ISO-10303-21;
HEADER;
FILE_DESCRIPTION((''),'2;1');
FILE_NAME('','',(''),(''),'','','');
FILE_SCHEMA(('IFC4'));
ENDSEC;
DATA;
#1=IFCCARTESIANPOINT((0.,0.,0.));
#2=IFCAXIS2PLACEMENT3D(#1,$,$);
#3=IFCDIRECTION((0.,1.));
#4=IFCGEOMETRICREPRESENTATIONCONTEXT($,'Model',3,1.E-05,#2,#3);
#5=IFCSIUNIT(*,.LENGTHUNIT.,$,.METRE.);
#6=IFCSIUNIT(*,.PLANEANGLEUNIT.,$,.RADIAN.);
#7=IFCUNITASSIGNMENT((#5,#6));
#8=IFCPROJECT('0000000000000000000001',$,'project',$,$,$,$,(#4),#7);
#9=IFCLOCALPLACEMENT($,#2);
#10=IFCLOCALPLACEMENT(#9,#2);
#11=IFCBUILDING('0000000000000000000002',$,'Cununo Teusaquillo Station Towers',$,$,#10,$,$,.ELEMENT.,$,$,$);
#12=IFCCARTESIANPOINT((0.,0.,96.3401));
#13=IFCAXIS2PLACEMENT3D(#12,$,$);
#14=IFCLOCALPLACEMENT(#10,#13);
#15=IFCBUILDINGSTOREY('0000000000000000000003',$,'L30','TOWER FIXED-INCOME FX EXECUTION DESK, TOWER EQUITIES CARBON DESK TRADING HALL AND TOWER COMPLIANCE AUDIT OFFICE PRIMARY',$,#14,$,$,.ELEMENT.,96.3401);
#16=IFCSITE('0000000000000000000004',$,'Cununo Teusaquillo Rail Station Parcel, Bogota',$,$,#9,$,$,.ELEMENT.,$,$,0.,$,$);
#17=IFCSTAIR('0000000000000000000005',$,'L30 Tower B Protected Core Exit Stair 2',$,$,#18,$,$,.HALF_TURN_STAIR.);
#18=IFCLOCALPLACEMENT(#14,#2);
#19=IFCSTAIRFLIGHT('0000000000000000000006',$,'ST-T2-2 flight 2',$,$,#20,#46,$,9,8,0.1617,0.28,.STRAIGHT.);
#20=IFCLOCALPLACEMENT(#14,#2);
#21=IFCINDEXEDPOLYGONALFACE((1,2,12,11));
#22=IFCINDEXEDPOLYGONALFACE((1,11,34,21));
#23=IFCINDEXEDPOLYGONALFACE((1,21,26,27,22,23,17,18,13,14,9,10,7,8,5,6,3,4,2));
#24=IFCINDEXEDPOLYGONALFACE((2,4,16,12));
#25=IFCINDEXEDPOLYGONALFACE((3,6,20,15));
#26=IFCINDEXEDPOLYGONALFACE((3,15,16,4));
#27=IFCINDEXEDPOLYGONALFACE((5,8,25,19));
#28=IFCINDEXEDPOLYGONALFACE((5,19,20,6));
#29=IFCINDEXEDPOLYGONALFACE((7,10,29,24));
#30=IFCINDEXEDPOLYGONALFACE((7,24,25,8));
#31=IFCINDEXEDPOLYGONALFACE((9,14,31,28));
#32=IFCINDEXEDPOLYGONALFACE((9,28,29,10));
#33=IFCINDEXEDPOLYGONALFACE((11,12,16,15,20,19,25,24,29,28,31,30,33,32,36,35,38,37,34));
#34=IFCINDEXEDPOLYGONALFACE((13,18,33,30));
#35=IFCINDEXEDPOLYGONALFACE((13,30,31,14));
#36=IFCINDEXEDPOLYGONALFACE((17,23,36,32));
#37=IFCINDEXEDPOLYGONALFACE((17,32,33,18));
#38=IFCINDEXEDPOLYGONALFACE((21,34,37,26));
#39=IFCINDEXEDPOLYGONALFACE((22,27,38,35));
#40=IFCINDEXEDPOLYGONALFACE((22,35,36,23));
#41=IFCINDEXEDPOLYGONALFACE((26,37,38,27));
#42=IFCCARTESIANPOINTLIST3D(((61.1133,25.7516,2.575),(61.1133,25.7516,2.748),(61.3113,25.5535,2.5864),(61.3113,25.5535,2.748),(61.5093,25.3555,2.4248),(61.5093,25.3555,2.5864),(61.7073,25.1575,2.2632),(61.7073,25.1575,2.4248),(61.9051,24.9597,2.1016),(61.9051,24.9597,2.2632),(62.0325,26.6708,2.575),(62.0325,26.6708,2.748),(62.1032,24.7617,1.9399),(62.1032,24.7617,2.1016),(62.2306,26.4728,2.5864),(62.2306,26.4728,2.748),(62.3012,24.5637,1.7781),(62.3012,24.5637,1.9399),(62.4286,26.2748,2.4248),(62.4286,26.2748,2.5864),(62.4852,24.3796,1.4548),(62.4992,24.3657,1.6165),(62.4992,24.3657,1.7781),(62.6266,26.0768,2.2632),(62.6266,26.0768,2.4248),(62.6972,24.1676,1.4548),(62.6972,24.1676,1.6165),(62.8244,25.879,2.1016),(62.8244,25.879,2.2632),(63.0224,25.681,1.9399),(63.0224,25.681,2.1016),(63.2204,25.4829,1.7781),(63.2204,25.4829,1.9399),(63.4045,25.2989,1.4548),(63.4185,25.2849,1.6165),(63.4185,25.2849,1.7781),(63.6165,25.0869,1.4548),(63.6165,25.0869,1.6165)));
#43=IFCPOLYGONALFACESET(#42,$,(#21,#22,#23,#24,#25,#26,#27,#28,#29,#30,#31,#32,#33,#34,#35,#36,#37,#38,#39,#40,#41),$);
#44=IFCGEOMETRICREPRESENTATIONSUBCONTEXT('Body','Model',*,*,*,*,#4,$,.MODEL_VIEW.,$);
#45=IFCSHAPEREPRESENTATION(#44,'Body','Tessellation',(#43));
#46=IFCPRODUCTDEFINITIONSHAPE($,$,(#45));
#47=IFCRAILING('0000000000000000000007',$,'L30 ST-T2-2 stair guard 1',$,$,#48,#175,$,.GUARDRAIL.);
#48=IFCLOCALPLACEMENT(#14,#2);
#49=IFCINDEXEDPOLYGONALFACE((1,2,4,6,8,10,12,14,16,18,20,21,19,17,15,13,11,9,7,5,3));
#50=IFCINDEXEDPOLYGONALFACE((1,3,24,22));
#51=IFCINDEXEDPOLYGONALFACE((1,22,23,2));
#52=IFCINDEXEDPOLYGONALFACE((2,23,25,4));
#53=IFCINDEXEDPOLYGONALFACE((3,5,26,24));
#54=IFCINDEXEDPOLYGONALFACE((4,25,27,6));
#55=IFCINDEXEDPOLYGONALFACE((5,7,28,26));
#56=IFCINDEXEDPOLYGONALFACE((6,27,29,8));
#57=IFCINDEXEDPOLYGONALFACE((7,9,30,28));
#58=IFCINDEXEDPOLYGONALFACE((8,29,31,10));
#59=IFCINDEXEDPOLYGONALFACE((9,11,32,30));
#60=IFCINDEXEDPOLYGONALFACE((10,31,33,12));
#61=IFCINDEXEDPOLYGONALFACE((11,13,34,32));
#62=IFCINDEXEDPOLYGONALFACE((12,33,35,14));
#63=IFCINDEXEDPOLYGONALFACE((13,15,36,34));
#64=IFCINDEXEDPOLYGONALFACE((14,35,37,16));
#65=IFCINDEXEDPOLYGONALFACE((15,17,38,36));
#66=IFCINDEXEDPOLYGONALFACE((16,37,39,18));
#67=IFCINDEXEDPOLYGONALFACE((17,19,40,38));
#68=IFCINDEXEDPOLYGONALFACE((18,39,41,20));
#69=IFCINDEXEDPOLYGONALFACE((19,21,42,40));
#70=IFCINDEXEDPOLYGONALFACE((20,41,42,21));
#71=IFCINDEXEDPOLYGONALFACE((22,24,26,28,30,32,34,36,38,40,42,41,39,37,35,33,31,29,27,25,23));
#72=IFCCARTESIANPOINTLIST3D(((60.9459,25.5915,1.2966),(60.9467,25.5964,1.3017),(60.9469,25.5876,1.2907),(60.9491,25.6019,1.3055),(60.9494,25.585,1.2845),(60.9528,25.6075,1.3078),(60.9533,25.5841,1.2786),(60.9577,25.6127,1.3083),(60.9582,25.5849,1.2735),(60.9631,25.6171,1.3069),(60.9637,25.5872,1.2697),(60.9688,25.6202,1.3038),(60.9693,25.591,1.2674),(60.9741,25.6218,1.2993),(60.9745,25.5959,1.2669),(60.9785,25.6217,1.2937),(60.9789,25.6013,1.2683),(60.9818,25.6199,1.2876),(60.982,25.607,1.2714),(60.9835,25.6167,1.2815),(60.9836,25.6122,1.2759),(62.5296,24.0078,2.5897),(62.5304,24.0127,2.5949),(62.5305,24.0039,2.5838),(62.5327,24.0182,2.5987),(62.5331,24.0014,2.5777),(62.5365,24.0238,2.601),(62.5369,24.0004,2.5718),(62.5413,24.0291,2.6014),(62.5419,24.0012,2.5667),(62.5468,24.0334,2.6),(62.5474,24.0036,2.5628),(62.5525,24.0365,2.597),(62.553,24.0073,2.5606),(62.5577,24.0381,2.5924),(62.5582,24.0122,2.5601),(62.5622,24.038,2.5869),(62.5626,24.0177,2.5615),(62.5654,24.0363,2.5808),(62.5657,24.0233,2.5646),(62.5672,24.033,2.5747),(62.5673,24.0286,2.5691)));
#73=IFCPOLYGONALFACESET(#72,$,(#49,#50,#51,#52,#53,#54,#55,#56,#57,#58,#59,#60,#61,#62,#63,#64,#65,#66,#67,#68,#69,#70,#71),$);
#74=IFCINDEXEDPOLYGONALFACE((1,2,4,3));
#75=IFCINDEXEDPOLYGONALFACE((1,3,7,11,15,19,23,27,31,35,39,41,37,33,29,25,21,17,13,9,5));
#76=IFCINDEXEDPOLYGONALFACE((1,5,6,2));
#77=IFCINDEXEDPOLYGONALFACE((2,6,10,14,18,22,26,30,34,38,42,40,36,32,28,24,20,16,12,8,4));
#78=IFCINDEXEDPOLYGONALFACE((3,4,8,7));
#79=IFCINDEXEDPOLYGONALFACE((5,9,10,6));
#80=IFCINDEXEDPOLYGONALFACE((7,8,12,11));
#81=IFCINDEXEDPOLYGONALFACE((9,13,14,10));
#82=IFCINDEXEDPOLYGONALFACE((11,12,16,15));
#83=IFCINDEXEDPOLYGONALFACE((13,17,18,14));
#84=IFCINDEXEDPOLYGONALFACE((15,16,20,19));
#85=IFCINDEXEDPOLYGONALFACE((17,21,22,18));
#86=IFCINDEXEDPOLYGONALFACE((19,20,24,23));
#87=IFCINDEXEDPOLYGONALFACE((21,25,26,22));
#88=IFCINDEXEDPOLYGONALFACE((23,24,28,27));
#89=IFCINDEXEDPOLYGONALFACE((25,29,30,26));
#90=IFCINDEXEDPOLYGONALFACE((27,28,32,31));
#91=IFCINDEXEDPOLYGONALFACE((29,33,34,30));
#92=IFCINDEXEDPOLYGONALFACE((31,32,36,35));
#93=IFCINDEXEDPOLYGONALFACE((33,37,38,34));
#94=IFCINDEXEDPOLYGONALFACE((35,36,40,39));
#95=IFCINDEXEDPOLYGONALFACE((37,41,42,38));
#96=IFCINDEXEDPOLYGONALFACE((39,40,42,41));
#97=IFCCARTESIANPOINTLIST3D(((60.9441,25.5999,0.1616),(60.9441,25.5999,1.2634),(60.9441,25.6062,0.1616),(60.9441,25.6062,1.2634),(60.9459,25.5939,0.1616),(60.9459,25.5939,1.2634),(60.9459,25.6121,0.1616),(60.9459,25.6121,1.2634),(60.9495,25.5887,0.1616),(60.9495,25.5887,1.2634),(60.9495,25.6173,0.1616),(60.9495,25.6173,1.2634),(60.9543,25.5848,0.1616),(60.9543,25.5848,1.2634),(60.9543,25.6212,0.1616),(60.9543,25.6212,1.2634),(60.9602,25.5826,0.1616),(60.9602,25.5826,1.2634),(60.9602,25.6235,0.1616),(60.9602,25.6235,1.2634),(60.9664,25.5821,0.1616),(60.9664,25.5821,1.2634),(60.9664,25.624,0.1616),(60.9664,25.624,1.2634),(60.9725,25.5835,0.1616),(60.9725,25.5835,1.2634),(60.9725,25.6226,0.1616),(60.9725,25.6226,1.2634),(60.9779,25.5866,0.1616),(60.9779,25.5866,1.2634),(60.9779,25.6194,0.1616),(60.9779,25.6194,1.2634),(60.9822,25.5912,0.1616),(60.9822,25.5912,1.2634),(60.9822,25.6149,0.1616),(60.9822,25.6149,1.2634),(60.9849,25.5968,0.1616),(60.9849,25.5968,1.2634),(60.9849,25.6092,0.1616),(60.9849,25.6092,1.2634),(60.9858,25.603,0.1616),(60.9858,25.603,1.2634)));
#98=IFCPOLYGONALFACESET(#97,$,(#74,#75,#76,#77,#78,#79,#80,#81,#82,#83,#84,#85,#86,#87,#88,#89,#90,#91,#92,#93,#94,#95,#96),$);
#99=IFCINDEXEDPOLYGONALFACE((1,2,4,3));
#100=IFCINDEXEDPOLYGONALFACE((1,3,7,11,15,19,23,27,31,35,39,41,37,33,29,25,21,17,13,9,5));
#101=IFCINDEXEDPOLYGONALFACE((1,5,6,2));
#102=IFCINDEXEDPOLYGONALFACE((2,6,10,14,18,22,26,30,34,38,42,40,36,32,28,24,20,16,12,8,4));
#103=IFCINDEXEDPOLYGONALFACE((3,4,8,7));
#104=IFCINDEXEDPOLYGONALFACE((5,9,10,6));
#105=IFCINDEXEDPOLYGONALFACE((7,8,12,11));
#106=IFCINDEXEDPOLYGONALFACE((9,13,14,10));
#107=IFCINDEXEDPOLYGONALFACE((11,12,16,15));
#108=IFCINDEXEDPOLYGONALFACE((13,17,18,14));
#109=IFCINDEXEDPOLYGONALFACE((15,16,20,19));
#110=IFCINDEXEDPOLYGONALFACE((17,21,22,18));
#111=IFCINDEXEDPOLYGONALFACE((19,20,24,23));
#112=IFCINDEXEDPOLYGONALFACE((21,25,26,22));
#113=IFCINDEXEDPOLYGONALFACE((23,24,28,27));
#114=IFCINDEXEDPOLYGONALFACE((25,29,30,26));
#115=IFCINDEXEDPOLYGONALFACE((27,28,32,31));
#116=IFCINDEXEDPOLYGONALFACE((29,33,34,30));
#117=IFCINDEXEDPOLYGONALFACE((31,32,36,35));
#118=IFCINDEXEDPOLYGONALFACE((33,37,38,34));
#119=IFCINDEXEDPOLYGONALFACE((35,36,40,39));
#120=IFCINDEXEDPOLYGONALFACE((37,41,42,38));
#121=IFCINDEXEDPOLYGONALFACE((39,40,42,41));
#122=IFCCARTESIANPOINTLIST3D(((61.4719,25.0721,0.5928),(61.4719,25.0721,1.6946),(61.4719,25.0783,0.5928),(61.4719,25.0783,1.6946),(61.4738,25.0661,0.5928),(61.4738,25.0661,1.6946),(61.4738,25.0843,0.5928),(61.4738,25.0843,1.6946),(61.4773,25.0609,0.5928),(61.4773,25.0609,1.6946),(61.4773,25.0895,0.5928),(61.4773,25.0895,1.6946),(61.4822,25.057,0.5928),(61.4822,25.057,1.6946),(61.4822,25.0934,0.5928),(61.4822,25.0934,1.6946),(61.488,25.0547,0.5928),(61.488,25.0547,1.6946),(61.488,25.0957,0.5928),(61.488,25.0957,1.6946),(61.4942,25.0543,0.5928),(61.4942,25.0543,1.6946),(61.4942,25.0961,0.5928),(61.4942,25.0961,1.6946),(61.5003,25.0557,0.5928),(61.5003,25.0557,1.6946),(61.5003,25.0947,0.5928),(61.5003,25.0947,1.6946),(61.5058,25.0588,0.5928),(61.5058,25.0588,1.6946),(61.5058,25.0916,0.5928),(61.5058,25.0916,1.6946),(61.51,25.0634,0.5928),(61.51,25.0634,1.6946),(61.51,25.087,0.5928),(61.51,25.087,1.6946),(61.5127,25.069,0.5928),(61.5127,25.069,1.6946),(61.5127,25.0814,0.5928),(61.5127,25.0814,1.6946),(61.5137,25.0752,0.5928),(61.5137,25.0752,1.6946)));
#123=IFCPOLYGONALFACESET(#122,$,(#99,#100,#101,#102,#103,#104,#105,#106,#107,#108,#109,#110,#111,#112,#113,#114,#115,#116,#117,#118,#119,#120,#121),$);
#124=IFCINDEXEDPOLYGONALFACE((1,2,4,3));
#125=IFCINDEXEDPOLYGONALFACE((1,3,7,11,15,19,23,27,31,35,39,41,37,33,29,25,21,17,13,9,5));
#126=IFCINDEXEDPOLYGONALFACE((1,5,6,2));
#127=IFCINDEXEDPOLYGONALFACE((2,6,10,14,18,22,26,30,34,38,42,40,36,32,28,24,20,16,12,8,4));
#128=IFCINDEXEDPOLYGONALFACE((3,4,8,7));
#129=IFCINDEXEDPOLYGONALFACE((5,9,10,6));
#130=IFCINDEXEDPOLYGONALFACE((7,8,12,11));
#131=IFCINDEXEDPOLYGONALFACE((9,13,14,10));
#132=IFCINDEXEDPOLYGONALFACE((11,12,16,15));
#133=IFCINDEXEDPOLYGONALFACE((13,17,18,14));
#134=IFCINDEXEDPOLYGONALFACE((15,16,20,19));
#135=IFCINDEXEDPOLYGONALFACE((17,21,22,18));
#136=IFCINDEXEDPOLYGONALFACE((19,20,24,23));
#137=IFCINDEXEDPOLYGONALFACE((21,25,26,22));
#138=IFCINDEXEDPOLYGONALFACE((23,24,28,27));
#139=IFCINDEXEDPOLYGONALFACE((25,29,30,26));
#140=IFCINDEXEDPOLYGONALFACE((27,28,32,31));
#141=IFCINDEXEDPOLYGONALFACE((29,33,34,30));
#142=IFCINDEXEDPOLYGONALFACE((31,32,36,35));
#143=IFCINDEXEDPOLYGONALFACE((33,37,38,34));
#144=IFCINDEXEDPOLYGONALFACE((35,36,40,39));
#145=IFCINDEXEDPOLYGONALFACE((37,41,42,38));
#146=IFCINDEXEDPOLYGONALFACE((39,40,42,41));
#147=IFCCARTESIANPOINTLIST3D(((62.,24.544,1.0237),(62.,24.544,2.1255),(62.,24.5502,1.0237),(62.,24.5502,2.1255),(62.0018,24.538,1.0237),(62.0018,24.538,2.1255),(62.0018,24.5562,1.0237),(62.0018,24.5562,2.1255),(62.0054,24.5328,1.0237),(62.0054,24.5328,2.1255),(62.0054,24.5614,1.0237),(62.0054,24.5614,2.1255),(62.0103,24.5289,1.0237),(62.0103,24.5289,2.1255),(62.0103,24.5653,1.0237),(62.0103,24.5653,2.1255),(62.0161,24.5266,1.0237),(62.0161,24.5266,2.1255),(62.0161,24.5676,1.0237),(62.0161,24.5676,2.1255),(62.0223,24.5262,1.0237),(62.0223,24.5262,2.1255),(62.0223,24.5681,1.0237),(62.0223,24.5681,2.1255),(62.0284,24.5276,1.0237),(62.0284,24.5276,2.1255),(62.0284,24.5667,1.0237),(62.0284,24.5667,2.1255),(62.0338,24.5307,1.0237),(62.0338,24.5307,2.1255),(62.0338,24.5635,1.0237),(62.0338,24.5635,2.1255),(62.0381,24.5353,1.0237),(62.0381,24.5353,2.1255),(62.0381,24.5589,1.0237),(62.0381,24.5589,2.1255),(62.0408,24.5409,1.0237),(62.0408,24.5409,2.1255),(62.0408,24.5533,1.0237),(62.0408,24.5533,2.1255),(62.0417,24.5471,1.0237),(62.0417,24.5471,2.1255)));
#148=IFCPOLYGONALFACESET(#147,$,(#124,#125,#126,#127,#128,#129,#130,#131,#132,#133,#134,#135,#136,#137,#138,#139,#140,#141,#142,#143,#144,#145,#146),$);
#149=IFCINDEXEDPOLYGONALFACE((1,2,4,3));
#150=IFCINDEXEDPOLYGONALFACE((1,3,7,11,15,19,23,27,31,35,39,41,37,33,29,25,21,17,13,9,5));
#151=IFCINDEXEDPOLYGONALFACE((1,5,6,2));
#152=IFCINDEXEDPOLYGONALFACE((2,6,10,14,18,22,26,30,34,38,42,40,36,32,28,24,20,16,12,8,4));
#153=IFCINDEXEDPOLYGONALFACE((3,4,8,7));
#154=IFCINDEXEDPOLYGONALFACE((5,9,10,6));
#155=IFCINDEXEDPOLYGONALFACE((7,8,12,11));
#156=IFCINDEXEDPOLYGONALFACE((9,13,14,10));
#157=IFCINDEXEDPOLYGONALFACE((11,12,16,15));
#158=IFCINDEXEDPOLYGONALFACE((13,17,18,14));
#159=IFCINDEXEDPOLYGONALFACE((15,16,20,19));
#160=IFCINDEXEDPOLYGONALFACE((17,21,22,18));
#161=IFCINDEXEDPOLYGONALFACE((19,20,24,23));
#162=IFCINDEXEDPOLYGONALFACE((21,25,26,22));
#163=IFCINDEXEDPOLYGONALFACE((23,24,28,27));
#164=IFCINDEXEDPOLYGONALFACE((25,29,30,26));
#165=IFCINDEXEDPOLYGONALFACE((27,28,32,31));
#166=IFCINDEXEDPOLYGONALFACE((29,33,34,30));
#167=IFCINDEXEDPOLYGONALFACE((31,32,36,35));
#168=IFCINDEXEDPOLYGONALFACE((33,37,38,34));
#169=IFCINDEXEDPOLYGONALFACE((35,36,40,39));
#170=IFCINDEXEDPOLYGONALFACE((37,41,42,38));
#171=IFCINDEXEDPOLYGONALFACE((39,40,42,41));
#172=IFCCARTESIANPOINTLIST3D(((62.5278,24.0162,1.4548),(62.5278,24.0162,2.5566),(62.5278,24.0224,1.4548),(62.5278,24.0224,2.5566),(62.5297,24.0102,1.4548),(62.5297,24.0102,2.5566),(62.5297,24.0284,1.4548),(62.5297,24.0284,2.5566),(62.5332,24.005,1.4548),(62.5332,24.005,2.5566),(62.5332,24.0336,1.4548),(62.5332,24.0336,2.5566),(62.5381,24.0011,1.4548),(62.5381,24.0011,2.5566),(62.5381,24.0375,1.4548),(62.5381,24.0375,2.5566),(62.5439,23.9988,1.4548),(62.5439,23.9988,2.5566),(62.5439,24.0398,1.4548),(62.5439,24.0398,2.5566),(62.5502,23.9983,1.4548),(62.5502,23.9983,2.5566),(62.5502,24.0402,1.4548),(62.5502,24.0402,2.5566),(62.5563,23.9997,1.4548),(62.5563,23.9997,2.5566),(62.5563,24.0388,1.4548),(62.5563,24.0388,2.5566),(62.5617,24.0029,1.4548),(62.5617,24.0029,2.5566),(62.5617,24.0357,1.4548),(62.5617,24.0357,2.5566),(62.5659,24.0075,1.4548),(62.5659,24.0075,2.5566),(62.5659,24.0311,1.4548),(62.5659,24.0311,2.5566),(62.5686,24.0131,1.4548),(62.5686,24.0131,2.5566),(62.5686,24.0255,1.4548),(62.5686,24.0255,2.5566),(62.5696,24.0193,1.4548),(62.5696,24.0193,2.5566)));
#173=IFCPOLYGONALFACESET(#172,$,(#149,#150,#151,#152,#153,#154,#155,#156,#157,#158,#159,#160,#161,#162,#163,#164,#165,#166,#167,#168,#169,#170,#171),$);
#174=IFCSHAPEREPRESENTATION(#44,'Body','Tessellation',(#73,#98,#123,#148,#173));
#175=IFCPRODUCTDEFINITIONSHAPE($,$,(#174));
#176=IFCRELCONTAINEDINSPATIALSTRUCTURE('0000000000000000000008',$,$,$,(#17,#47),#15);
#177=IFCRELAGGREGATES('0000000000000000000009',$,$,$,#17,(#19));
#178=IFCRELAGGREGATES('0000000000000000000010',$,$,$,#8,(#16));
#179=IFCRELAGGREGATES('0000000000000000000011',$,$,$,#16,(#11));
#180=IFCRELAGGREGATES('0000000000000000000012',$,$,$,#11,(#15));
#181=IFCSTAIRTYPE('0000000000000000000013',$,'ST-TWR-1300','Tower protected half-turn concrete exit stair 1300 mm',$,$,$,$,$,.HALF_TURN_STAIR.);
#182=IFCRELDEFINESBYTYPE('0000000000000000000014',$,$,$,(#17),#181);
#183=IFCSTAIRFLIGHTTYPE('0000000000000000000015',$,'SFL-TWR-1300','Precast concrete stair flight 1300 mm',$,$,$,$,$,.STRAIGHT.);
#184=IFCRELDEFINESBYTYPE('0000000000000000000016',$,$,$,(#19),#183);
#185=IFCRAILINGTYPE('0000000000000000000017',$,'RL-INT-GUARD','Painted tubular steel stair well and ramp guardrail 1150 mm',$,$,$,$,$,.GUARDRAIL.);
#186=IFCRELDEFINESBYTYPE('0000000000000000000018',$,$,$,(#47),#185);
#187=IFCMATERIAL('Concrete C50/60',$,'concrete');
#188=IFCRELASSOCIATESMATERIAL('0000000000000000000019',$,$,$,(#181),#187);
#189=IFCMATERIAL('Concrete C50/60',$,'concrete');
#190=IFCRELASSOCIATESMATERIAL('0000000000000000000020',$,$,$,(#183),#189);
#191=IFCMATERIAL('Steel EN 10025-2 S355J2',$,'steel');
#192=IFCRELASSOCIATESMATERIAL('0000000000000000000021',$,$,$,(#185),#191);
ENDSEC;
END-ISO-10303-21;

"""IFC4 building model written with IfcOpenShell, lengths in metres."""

from ifc_helpers import new_model, si_unit, direction, frame, origin, origin_2d, place, context, subcontext, project, spatial, polyline, circle, outline, extrude, material, type_object, element, aggregate, save


model = new_model("IFC4")

# Units and contexts
model_context = context("Model", 3, precision=1e-05, world=origin(), true_north=direction((0.0, 1.0)))
body_context = subcontext(model_context, "Body", "Model", "MODEL_VIEW")
ifc_project = project(units=[si_unit("LENGTHUNIT", "METRE"), si_unit("PLANEANGLEUNIT", "RADIAN")], contexts=[model_context])

# Site, building, storey
site_placement = place(None, origin())
site = spatial("IfcSite", under=ifc_project, at=site_placement, Name="Cununo Teusaquillo Rail Station Parcel, Bogota", CompositionType="ELEMENT", RefElevation=0.0)
building_placement = place(site_placement, origin())
building = spatial("IfcBuilding", under=site, at=building_placement, Name="Cununo Teusaquillo Station Towers", CompositionType="ELEMENT")
storey_placement = place(building_placement, frame((0.0, 0.0, 96.3401)))
storey = spatial("IfcBuildingStorey", under=building, at=storey_placement, Name="L30", Description="TOWER FIXED-INCOME FX EXECUTION DESK, TOWER EQUITIES CARBON DESK TRADING HALL AND TOWER COMPLIANCE AUDIT OFFICE PRIMARY", CompositionType="ELEMENT", Elevation=96.3401)

# Stair, stair flight
ifc_material_1 = material(Name="Concrete C50/60", Category="concrete")
stair_type = type_object("IfcStairType", Name="ST-TWR-1300", Description="Tower protected half-turn concrete exit stair 1300 mm", PredefinedType="HALF_TURN_STAIR", material=ifc_material_1)
stair_placement = place(storey_placement, origin())
stair = element("IfcStair", 1, at=stair_placement, inside=storey, type_object=stair_type, Name="L30 Tower B Protected Core Exit Stair 2", PredefinedType="HALF_TURN_STAIR")
ifc_material_2 = material(Name="Concrete C50/60", Category="concrete")
stair_flight_type = type_object("IfcStairFlightType", Name="SFL-TWR-1300", Description="Precast concrete stair flight 1300 mm", PredefinedType="STRAIGHT", material=ifc_material_2)
stair_flight_1_placement = place(storey_placement, frame((63.1567, 24.6272, 1.4548), z_axis=(0.0, 0.0, 1.0), x_axis=(-0.707107, 0.707107, 0.0)))
stair_flight_1 = element("IfcStairFlight", 2, at=stair_flight_1_placement, type_object=stair_flight_type, Name="ST-T2-2 flight 2", NumberOfRisers=9, NumberOfTreads=8, PredefinedType="STRAIGHT", RiserHeight=0.1617, TreadLength=0.28, context=body_context, shape_type="SweptSolid", body=[
    extrude(outline(polyline([(0.0, 0.0), (0.0, 0.1616), (0.28, 0.1616), (0.28, 0.3232), (0.5601, 0.3232), (0.5601, 0.4851), (0.8401, 0.4851), (0.8401, 0.6467), (1.1201, 0.6467), (1.1201, 0.8083), (1.3999, 0.8083), (1.3999, 0.97), (1.6799, 0.97), (1.6799, 1.1316), (1.96, 1.1316), (1.96, 1.2932), (2.24, 1.2932), (2.24, 1.4551), (2.24, 1.1201), (0.2998, 0.0), (0.0, 0.0)])), frame((0.0, 0.6499, 0.0), z_axis=(0.0, -1.0, 0.0), x_axis=(1.0, 0.0, 0.0)), (0.0, 0.0, 1.0), 1.3),
])
aggregate(stair, [stair_flight_1])

# Railing
ifc_material_3 = material(Name="Steel EN 10025-2 S355J2", Category="steel")
railing_type_1 = type_object("IfcRailingType", Name="RL-INT-GUARD", Description="Painted tubular steel stair well and ramp guardrail 1150 mm", PredefinedType="GUARDRAIL", material=ifc_material_3)
railing_1_placement = place(storey_placement, frame((60.9648, 25.603, 0.1616)))
element("IfcRailing", 3, at=railing_1_placement, inside=storey, type_object=railing_type_1, Name="L30 ST-T2-2 stair guard 1", PredefinedType="GUARDRAIL", context=body_context, shape_type="SweptSolid", body=[
    extrude(circle(Radius=0.0239, at=origin_2d()), frame((0.0, 0.0, 1.126), z_axis=(0.612361, -0.612361, 0.500027), x_axis=(0.707107, 0.707107, 0.0)), (0.0, 0.0, 1.0), 2.5862),
    extrude(circle(Radius=0.021, at=origin_2d()), origin(), (0.0, 0.0, 1.0), 1.1018),
    extrude(circle(Radius=0.021, at=origin_2d()), frame((0.5278, -0.5278, 0.4312)), (0.0, 0.0, 1.0), 1.1018),
    extrude(circle(Radius=0.021, at=origin_2d()), frame((1.0559, -1.0559, 0.8621)), (0.0, 0.0, 1.0), 1.1018),
    extrude(circle(Radius=0.021, at=origin_2d()), frame((1.5837, -1.5837, 1.2932)), (0.0, 0.0, 1.0), 1.1018),
])

save(model, "model.ifc")
